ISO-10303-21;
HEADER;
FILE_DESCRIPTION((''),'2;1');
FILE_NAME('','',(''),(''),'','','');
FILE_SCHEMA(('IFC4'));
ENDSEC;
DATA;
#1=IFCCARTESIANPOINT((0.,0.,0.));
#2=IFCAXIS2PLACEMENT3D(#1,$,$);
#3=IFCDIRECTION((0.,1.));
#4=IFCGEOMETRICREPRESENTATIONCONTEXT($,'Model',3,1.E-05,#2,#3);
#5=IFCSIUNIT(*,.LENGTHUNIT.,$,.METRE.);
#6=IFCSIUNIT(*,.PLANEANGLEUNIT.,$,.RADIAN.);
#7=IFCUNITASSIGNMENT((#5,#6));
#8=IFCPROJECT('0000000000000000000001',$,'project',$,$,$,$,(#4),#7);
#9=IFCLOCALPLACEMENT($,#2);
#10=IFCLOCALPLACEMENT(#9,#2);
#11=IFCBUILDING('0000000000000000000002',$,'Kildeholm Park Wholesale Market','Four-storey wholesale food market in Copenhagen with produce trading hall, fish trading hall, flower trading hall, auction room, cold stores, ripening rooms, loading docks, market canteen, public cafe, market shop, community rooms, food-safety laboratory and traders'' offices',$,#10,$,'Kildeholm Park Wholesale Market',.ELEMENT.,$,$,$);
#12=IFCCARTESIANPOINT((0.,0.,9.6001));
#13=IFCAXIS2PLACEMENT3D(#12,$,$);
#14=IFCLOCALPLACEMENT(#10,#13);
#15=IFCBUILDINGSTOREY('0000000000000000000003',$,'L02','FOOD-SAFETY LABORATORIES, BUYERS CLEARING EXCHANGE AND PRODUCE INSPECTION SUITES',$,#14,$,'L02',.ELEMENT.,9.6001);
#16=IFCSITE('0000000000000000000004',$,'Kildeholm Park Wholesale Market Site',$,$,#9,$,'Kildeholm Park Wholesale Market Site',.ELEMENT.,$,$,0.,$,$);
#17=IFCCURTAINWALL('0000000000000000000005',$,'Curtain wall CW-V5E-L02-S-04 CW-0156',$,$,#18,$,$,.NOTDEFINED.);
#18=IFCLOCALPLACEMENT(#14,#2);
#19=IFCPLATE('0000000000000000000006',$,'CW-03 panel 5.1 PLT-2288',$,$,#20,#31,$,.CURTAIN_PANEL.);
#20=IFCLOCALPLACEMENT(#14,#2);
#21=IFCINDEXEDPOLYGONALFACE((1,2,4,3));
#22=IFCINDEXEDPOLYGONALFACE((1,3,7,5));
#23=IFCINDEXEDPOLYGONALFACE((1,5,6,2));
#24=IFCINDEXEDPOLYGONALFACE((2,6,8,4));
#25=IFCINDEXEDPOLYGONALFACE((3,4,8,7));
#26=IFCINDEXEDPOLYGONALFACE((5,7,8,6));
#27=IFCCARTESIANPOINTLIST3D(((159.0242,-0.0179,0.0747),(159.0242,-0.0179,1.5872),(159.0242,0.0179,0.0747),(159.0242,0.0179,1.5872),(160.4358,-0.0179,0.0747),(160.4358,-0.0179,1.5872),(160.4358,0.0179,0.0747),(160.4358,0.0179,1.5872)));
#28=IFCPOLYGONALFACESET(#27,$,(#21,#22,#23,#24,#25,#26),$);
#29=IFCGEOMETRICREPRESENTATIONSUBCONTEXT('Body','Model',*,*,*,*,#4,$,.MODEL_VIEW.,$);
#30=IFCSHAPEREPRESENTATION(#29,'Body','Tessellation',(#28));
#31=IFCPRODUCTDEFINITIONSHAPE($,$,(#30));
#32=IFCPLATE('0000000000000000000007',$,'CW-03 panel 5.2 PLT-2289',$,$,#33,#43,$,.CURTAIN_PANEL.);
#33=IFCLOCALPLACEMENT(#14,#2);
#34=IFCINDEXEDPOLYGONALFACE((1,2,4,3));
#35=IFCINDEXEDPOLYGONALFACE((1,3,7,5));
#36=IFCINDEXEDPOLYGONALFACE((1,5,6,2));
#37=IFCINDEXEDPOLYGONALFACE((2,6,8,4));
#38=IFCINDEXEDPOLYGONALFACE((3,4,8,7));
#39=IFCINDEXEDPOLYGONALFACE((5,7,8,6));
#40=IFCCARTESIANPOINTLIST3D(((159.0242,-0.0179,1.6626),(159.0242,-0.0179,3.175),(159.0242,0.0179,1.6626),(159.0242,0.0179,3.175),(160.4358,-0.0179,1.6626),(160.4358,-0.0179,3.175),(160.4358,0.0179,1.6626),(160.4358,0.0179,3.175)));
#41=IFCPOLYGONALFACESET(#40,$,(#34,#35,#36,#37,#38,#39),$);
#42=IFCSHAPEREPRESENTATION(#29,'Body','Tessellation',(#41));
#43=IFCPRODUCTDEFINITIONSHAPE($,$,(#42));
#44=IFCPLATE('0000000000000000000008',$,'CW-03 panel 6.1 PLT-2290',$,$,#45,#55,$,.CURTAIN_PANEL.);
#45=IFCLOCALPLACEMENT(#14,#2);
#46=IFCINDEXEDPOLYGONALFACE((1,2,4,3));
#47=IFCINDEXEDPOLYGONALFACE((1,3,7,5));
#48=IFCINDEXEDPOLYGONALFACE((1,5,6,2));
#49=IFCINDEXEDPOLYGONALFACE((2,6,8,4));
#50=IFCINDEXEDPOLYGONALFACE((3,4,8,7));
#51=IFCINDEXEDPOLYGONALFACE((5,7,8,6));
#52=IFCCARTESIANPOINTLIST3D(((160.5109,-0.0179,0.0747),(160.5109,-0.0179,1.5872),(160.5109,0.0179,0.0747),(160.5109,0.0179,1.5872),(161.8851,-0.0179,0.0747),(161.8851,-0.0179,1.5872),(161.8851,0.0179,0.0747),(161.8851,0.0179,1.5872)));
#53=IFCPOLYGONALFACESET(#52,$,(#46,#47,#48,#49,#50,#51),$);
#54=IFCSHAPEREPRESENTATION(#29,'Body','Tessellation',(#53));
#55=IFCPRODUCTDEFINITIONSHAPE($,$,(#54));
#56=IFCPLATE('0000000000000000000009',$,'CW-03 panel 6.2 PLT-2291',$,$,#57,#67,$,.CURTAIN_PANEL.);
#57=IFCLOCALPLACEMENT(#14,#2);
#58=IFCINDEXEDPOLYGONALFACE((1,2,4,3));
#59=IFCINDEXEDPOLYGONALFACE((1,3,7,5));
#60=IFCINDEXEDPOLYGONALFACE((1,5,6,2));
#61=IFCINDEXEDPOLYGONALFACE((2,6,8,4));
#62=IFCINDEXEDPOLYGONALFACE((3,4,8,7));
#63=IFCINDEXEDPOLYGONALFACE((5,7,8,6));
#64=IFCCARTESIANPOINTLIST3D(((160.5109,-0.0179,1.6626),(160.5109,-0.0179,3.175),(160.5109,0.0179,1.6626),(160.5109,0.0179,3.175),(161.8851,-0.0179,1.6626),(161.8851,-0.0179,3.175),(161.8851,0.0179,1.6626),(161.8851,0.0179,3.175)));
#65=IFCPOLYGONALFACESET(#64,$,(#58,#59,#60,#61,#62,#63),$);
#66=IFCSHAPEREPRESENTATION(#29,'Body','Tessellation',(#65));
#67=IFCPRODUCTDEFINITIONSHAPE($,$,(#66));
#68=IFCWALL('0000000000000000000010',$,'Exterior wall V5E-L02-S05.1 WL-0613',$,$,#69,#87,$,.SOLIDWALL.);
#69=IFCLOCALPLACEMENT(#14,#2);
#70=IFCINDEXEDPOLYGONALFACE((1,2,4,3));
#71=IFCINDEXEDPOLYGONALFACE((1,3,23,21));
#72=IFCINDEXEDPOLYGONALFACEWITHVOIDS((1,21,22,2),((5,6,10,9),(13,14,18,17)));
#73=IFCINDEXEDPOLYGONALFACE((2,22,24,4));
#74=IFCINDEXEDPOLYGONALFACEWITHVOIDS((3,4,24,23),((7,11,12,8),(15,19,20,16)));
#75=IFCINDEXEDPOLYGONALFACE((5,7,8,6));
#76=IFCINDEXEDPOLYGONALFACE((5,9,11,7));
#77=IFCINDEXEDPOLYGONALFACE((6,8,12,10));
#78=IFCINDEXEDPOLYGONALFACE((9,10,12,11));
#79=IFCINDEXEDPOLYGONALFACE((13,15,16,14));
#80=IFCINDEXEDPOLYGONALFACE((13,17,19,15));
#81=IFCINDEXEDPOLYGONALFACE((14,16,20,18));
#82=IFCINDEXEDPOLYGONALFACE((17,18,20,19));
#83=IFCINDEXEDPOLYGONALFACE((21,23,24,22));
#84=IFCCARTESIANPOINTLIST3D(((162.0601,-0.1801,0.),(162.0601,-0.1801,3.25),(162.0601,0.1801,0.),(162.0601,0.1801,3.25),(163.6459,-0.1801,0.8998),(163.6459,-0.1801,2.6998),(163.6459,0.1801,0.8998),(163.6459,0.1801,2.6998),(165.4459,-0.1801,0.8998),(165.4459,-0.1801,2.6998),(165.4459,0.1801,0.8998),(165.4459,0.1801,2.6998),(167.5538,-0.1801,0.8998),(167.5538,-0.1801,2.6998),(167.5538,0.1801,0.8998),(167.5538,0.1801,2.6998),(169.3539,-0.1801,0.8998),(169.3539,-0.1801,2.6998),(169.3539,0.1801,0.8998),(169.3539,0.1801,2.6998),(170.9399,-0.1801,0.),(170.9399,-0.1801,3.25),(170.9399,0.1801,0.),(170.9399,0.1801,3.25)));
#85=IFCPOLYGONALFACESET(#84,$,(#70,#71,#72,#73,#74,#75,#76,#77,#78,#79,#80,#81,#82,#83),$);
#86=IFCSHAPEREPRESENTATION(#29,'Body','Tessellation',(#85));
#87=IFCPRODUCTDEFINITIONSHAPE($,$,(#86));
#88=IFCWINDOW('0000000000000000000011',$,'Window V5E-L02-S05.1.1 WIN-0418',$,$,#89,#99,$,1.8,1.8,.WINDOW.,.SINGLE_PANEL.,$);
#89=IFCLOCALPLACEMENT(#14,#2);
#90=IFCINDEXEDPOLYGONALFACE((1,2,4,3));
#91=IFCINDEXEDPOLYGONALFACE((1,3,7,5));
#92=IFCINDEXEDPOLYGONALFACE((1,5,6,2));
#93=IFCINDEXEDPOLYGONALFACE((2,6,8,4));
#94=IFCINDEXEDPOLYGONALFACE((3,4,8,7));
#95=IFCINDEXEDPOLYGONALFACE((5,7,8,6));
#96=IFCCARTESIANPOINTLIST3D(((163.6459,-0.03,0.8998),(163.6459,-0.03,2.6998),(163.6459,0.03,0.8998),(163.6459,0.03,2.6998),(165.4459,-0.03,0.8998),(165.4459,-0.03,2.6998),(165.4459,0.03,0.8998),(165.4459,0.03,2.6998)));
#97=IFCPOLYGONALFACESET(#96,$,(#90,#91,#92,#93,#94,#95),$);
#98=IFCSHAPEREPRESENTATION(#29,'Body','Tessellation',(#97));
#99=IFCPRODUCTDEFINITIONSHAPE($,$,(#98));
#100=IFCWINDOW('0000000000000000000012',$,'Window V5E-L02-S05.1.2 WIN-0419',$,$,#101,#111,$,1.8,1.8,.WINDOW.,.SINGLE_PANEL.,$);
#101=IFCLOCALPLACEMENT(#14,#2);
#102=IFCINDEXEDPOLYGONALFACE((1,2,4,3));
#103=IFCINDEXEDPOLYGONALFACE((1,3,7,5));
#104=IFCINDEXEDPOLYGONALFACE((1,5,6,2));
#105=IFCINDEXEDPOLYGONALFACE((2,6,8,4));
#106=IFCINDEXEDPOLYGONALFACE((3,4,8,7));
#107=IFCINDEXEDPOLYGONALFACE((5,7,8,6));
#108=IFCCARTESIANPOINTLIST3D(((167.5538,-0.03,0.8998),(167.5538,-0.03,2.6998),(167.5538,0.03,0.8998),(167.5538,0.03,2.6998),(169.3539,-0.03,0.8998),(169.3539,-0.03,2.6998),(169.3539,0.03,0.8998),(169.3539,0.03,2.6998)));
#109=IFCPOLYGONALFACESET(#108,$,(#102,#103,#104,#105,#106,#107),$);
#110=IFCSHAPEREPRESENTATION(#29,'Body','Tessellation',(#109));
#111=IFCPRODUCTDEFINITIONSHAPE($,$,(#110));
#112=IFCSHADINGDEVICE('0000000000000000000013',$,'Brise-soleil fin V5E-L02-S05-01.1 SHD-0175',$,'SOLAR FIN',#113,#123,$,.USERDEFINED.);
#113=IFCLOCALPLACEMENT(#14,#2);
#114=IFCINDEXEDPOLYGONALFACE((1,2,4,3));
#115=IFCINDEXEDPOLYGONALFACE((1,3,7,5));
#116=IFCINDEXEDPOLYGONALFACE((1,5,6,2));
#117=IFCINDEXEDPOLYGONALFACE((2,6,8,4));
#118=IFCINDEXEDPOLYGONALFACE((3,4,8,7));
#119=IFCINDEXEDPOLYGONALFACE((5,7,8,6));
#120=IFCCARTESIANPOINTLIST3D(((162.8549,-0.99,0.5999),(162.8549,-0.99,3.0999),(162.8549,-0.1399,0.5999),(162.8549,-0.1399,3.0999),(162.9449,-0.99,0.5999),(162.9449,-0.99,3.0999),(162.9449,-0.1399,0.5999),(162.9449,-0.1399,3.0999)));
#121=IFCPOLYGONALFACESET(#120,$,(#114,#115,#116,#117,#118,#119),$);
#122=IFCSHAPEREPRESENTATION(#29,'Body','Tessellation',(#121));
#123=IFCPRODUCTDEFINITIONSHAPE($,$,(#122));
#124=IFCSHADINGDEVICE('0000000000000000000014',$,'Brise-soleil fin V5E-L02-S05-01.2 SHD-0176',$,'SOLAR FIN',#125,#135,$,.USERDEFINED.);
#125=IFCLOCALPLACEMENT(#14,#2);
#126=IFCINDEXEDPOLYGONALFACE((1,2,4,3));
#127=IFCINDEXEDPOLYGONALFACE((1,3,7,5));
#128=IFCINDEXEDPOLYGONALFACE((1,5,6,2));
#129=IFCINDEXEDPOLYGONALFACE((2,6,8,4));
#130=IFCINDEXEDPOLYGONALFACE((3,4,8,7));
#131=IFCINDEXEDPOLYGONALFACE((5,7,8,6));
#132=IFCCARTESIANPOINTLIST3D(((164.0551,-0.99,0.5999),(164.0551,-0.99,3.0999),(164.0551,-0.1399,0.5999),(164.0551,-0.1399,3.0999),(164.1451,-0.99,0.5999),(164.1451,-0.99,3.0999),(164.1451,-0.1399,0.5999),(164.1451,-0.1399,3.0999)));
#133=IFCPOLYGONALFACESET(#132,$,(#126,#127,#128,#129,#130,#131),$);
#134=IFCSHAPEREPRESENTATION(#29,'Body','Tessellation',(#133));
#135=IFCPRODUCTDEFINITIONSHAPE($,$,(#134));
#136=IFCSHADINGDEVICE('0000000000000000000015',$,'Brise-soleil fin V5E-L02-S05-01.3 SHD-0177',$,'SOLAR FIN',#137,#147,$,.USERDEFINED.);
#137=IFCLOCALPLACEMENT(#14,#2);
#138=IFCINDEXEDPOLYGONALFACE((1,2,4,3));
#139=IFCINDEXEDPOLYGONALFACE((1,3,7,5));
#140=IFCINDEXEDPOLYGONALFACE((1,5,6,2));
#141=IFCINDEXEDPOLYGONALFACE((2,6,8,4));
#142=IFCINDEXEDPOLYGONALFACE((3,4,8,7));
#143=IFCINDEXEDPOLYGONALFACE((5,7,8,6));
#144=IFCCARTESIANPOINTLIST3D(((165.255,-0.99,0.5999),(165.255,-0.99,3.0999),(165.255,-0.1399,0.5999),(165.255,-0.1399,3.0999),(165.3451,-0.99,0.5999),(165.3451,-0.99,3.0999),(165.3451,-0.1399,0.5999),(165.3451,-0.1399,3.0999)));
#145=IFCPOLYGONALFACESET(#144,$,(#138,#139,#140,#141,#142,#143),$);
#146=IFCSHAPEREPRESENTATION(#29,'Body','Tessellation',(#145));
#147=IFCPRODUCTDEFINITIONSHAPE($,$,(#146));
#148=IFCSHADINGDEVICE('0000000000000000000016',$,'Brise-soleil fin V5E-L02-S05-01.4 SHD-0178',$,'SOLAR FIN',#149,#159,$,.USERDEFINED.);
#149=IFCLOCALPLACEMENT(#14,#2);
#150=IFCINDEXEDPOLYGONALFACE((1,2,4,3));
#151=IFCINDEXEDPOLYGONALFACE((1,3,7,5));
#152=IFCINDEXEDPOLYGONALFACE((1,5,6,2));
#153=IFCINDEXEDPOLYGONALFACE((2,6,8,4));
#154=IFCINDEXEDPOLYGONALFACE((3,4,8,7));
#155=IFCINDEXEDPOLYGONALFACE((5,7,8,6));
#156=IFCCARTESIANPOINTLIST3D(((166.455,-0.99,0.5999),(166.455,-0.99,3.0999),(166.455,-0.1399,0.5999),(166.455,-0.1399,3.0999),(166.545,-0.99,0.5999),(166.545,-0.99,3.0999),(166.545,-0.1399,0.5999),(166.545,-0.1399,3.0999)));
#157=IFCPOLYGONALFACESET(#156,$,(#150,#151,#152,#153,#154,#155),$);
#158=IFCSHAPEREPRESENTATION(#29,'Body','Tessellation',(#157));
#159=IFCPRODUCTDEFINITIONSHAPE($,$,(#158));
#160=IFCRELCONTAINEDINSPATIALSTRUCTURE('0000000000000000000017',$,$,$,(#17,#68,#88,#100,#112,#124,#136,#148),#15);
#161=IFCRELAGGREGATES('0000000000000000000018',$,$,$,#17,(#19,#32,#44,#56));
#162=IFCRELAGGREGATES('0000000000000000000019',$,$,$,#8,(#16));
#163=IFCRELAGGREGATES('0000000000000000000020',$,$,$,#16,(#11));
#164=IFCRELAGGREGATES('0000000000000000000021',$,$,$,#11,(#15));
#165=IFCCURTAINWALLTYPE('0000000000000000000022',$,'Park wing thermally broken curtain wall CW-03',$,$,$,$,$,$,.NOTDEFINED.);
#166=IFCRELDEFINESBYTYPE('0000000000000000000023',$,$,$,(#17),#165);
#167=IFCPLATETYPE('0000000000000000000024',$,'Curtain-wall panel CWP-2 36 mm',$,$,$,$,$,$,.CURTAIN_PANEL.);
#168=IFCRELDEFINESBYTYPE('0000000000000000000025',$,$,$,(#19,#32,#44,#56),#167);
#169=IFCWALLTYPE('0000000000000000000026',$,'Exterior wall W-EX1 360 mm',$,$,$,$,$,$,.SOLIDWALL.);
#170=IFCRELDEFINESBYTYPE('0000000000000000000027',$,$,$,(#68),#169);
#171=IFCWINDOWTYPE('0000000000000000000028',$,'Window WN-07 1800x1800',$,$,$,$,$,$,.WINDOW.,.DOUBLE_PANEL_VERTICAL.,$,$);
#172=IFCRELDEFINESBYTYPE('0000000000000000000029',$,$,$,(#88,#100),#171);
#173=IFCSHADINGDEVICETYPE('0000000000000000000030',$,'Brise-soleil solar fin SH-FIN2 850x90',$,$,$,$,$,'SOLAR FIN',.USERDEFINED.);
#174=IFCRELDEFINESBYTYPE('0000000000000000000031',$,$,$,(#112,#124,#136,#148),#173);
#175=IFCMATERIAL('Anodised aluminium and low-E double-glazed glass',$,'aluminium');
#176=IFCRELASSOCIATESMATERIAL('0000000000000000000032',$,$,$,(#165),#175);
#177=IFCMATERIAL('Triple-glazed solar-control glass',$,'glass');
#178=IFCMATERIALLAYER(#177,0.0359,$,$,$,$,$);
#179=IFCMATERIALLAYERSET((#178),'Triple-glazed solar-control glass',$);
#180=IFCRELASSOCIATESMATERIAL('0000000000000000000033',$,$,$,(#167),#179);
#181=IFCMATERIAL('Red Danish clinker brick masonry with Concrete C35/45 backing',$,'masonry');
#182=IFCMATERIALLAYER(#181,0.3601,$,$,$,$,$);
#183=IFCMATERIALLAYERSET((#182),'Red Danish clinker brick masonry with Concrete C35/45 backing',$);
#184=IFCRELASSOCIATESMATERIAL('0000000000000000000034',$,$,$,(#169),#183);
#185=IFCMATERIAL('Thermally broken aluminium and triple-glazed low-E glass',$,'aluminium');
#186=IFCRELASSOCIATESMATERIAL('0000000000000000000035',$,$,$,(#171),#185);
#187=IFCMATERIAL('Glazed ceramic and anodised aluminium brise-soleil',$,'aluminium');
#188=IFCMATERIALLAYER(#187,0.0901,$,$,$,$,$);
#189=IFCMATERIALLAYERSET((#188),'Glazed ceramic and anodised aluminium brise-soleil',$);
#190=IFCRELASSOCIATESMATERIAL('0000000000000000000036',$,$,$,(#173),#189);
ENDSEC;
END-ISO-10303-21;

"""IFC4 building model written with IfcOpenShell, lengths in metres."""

from ifc_helpers import new_model, si_unit, direction, frame, frame_2d, origin, origin_2d, place, context, subcontext, project, spatial, rectangle, extrude, material, layer, layer_set, type_object, element, fill, aggregate, save


model = new_model("IFC4")

# Units and contexts
model_context = context("Model", 3, precision=1e-05, world=origin(), true_north=direction((0.0, 1.0)))
body_context = subcontext(model_context, "Body", "Model", "MODEL_VIEW")
ifc_project = project(units=[si_unit("LENGTHUNIT", "METRE"), si_unit("PLANEANGLEUNIT", "RADIAN")], contexts=[model_context])

# Site, building, storey
site_placement = place(None, origin())
site = spatial("IfcSite", under=ifc_project, at=site_placement, Name="Kildeholm Park Wholesale Market Site", LongName="Kildeholm Park Wholesale Market Site", CompositionType="ELEMENT", RefElevation=0.0)
building_placement = place(site_placement, origin())
building = spatial("IfcBuilding", under=site, at=building_placement, Name="Kildeholm Park Wholesale Market", Description="Four-storey wholesale food market in Copenhagen with produce trading hall, fish trading hall, flower trading hall, auction room, cold stores, ripening rooms, loading docks, market canteen, public cafe, market shop, community rooms, food-safety laboratory and traders' offices", LongName="Kildeholm Park Wholesale Market", CompositionType="ELEMENT")
storey_placement = place(building_placement, frame((0.0, 0.0, 9.6001)))
storey = spatial("IfcBuildingStorey", under=building, at=storey_placement, Name="L02", Description="FOOD-SAFETY LABORATORIES, BUYERS CLEARING EXCHANGE AND PRODUCE INSPECTION SUITES", LongName="L02", CompositionType="ELEMENT", Elevation=9.6001)

# Curtain wall, plates
ifc_material_1 = material(Name="Anodised aluminium and low-E double-glazed glass", Category="aluminium")
curtain_wall_type = type_object("IfcCurtainWallType", Name="Park wing thermally broken curtain wall CW-03", PredefinedType="NOTDEFINED", material=ifc_material_1)
curtain_wall_placement = place(storey_placement, origin())
curtain_wall = element("IfcCurtainWall", 1, at=curtain_wall_placement, inside=storey, type_object=curtain_wall_type, Name="Curtain wall CW-V5E-L02-S-04 CW-0156", PredefinedType="NOTDEFINED")
ifc_material_2 = material(Name="Triple-glazed solar-control glass", Category="glass")
ifc_layer_1 = layer(ifc_material_2, 0.0359)
ifc_layer_set_1 = layer_set([ifc_layer_1], Name="Triple-glazed solar-control glass")
plate_type = type_object("IfcPlateType", Name="Curtain-wall panel CWP-2 36 mm", PredefinedType="CURTAIN_PANEL", material=ifc_layer_set_1)
plate_1_placement = place(storey_placement, frame((159.73, 0.0, 0.0747), z_axis=(0.0, 0.0, 1.0), x_axis=(1.0, 0.0, 0.0)))
plate_1 = element("IfcPlate", 2, at=plate_1_placement, type_object=plate_type, Name="CW-03 panel 5.1 PLT-2288", PredefinedType="CURTAIN_PANEL", context=body_context, shape_type="SweptSolid", body=[
    extrude(rectangle(XDim=1.4116, YDim=0.0359, at=origin_2d()), origin(), (0.0, 0.0, 1.0), 1.5125),
])
plate_2_placement = place(storey_placement, frame((159.73, 0.0, 1.6626), z_axis=(0.0, 0.0, 1.0), x_axis=(1.0, 0.0, 0.0)))
plate_2 = element("IfcPlate", 3, at=plate_2_placement, type_object=plate_type, Name="CW-03 panel 5.2 PLT-2289", PredefinedType="CURTAIN_PANEL", context=body_context, shape_type="SweptSolid", body=[
    extrude(rectangle(XDim=1.4116, YDim=0.0359, at=origin_2d()), origin(), (0.0, 0.0, 1.0), 1.5125),
])
plate_3_placement = place(storey_placement, frame((161.198, 0.0, 0.0747), z_axis=(0.0, 0.0, 1.0), x_axis=(1.0, 0.0, 0.0)))
plate_3 = element("IfcPlate", 4, at=plate_3_placement, type_object=plate_type, Name="CW-03 panel 6.1 PLT-2290", PredefinedType="CURTAIN_PANEL", context=body_context, shape_type="SweptSolid", body=[
    extrude(rectangle(XDim=1.3743, YDim=0.0359, at=origin_2d()), origin(), (0.0, 0.0, 1.0), 1.5125),
])
plate_4_placement = place(storey_placement, frame((161.198, 0.0, 1.6626), z_axis=(0.0, 0.0, 1.0), x_axis=(1.0, 0.0, 0.0)))
plate_4 = element("IfcPlate", 5, at=plate_4_placement, type_object=plate_type, Name="CW-03 panel 6.2 PLT-2291", PredefinedType="CURTAIN_PANEL", context=body_context, shape_type="SweptSolid", body=[
    extrude(rectangle(XDim=1.3743, YDim=0.0359, at=origin_2d()), origin(), (0.0, 0.0, 1.0), 1.5125),
])
aggregate(curtain_wall, [plate_1, plate_2, plate_3, plate_4])

# Wall, openings, windows
ifc_material_3 = material(Name="Red Danish clinker brick masonry with Concrete C35/45 backing", Category="masonry")
ifc_layer_2 = layer(ifc_material_3, 0.3601)
ifc_layer_set_2 = layer_set([ifc_layer_2], Name="Red Danish clinker brick masonry with Concrete C35/45 backing")
wall_type = type_object("IfcWallType", Name="Exterior wall W-EX1 360 mm", PredefinedType="SOLIDWALL", material=ifc_layer_set_2)
wall_placement = place(storey_placement, frame((162.0601, 0.0, 0.0), z_axis=(0.0, 0.0, 1.0), x_axis=(1.0, 0.0, 0.0)))
wall = element("IfcWall", 6, at=wall_placement, inside=storey, type_object=wall_type, Name="Exterior wall V5E-L02-S05.1 WL-0613", PredefinedType="SOLIDWALL", context=body_context, shape_type="SweptSolid", body=[
    extrude(rectangle(XDim=8.8799, YDim=0.3601, at=frame_2d((4.4399, 0.0))), origin(), (0.0, 0.0, 1.0), 3.25),
])
opening_1_placement = place(wall_placement, frame((1.5859, 0.0, 0.8999)))
opening_1 = element("IfcOpeningElement", 7, at=opening_1_placement, cuts=wall, PredefinedType="OPENING", context=body_context, shape_type="SweptSolid", body=[
    extrude(rectangle(XDim=1.8, YDim=1.8, at=frame_2d((0.8999, 0.8999))), frame((0.0, 0.1899, 0.0), z_axis=(0.0, -1.0, 0.0), x_axis=(1.0, 0.0, 0.0)), (0.0, 0.0, 1.0), 0.3801),
])
opening_2_placement = place(wall_placement, frame((5.4939, 0.0, 0.8999)))
opening_2 = element("IfcOpeningElement", 8, at=opening_2_placement, cuts=wall, PredefinedType="OPENING", context=body_context, shape_type="SweptSolid", body=[
    extrude(rectangle(XDim=1.8, YDim=1.8, at=frame_2d((0.8999, 0.8999))), frame((0.0, 0.1899, 0.0), z_axis=(0.0, -1.0, 0.0), x_axis=(1.0, 0.0, 0.0)), (0.0, 0.0, 1.0), 0.3801),
])
ifc_material_4 = material(Name="Thermally broken aluminium and triple-glazed low-E glass", Category="aluminium")
window_type = type_object("IfcWindowType", Name="Window WN-07 1800x1800", PartitioningType="DOUBLE_PANEL_VERTICAL", PredefinedType="WINDOW", material=ifc_material_4)
window_1_placement = place(opening_1_placement, origin())
window_1 = element("IfcWindow", 9, at=window_1_placement, inside=storey, type_object=window_type, Name="Window V5E-L02-S05.1.1 WIN-0418", OverallHeight=1.8, OverallWidth=1.8, PartitioningType="SINGLE_PANEL", PredefinedType="WINDOW", context=body_context, shape_type="SweptSolid", body=[
    extrude(rectangle(XDim=1.8, YDim=1.8, at=frame_2d((0.8999, 0.8999))), frame((0.0, 0.03, 0.0), z_axis=(0.0, -1.0, 0.0), x_axis=(1.0, 0.0, 0.0)), (0.0, 0.0, 1.0), 0.0601),
])
fill(opening_1, window_1)
window_2_placement = place(opening_2_placement, origin())
window_2 = element("IfcWindow", 10, at=window_2_placement, inside=storey, type_object=window_type, Name="Window V5E-L02-S05.1.2 WIN-0419", OverallHeight=1.8, OverallWidth=1.8, PartitioningType="SINGLE_PANEL", PredefinedType="WINDOW", context=body_context, shape_type="SweptSolid", body=[
    extrude(rectangle(XDim=1.8, YDim=1.8, at=frame_2d((0.8999, 0.8999))), frame((0.0, 0.03, 0.0), z_axis=(0.0, -1.0, 0.0), x_axis=(1.0, 0.0, 0.0)), (0.0, 0.0, 1.0), 0.0601),
])
fill(opening_2, window_2)

# Shading devices
ifc_material_5 = material(Name="Glazed ceramic and anodised aluminium brise-soleil", Category="aluminium")
ifc_layer_3 = layer(ifc_material_5, 0.0901)
ifc_layer_set_3 = layer_set([ifc_layer_3], Name="Glazed ceramic and anodised aluminium brise-soleil")
shading_device_type = type_object("IfcShadingDeviceType", Name="Brise-soleil solar fin SH-FIN2 850x90", ElementType="SOLAR FIN", PredefinedType="USERDEFINED", material=ifc_layer_set_3)
for number, where, z_axis, x_axis, name in (
    (11, (162.8999, -0.5649, 0.5999), (0.0, 0.0, 1.0), (0.0, -1.0, 0.0), "Brise-soleil fin V5E-L02-S05-01.1 SHD-0175"),
    (12, (164.1001, -0.5649, 0.5999), (0.0, 0.0, 1.0), (0.0, -1.0, 0.0), "Brise-soleil fin V5E-L02-S05-01.2 SHD-0176"),
    (13, (165.3, -0.5649, 0.5999), (0.0, 0.0, 1.0), (0.0, -1.0, 0.0), "Brise-soleil fin V5E-L02-S05-01.3 SHD-0177"),
    (14, (166.5, -0.5649, 0.5999), (0.0, 0.0, 1.0), (0.0, -1.0, 0.0), "Brise-soleil fin V5E-L02-S05-01.4 SHD-0178"),
):
    element("IfcShadingDevice", number, at=place(storey_placement, frame(where, z_axis=z_axis, x_axis=x_axis)), inside=storey, type_object=shading_device_type, Name=name, ObjectType="SOLAR FIN", PredefinedType="USERDEFINED", context=body_context, shape_type="SweptSolid", body=[
        extrude(rectangle(XDim=0.8501, YDim=0.0901, at=origin_2d()), origin(), (0.0, 0.0, 1.0), 2.5),
    ])

save(model, "model.ifc")
